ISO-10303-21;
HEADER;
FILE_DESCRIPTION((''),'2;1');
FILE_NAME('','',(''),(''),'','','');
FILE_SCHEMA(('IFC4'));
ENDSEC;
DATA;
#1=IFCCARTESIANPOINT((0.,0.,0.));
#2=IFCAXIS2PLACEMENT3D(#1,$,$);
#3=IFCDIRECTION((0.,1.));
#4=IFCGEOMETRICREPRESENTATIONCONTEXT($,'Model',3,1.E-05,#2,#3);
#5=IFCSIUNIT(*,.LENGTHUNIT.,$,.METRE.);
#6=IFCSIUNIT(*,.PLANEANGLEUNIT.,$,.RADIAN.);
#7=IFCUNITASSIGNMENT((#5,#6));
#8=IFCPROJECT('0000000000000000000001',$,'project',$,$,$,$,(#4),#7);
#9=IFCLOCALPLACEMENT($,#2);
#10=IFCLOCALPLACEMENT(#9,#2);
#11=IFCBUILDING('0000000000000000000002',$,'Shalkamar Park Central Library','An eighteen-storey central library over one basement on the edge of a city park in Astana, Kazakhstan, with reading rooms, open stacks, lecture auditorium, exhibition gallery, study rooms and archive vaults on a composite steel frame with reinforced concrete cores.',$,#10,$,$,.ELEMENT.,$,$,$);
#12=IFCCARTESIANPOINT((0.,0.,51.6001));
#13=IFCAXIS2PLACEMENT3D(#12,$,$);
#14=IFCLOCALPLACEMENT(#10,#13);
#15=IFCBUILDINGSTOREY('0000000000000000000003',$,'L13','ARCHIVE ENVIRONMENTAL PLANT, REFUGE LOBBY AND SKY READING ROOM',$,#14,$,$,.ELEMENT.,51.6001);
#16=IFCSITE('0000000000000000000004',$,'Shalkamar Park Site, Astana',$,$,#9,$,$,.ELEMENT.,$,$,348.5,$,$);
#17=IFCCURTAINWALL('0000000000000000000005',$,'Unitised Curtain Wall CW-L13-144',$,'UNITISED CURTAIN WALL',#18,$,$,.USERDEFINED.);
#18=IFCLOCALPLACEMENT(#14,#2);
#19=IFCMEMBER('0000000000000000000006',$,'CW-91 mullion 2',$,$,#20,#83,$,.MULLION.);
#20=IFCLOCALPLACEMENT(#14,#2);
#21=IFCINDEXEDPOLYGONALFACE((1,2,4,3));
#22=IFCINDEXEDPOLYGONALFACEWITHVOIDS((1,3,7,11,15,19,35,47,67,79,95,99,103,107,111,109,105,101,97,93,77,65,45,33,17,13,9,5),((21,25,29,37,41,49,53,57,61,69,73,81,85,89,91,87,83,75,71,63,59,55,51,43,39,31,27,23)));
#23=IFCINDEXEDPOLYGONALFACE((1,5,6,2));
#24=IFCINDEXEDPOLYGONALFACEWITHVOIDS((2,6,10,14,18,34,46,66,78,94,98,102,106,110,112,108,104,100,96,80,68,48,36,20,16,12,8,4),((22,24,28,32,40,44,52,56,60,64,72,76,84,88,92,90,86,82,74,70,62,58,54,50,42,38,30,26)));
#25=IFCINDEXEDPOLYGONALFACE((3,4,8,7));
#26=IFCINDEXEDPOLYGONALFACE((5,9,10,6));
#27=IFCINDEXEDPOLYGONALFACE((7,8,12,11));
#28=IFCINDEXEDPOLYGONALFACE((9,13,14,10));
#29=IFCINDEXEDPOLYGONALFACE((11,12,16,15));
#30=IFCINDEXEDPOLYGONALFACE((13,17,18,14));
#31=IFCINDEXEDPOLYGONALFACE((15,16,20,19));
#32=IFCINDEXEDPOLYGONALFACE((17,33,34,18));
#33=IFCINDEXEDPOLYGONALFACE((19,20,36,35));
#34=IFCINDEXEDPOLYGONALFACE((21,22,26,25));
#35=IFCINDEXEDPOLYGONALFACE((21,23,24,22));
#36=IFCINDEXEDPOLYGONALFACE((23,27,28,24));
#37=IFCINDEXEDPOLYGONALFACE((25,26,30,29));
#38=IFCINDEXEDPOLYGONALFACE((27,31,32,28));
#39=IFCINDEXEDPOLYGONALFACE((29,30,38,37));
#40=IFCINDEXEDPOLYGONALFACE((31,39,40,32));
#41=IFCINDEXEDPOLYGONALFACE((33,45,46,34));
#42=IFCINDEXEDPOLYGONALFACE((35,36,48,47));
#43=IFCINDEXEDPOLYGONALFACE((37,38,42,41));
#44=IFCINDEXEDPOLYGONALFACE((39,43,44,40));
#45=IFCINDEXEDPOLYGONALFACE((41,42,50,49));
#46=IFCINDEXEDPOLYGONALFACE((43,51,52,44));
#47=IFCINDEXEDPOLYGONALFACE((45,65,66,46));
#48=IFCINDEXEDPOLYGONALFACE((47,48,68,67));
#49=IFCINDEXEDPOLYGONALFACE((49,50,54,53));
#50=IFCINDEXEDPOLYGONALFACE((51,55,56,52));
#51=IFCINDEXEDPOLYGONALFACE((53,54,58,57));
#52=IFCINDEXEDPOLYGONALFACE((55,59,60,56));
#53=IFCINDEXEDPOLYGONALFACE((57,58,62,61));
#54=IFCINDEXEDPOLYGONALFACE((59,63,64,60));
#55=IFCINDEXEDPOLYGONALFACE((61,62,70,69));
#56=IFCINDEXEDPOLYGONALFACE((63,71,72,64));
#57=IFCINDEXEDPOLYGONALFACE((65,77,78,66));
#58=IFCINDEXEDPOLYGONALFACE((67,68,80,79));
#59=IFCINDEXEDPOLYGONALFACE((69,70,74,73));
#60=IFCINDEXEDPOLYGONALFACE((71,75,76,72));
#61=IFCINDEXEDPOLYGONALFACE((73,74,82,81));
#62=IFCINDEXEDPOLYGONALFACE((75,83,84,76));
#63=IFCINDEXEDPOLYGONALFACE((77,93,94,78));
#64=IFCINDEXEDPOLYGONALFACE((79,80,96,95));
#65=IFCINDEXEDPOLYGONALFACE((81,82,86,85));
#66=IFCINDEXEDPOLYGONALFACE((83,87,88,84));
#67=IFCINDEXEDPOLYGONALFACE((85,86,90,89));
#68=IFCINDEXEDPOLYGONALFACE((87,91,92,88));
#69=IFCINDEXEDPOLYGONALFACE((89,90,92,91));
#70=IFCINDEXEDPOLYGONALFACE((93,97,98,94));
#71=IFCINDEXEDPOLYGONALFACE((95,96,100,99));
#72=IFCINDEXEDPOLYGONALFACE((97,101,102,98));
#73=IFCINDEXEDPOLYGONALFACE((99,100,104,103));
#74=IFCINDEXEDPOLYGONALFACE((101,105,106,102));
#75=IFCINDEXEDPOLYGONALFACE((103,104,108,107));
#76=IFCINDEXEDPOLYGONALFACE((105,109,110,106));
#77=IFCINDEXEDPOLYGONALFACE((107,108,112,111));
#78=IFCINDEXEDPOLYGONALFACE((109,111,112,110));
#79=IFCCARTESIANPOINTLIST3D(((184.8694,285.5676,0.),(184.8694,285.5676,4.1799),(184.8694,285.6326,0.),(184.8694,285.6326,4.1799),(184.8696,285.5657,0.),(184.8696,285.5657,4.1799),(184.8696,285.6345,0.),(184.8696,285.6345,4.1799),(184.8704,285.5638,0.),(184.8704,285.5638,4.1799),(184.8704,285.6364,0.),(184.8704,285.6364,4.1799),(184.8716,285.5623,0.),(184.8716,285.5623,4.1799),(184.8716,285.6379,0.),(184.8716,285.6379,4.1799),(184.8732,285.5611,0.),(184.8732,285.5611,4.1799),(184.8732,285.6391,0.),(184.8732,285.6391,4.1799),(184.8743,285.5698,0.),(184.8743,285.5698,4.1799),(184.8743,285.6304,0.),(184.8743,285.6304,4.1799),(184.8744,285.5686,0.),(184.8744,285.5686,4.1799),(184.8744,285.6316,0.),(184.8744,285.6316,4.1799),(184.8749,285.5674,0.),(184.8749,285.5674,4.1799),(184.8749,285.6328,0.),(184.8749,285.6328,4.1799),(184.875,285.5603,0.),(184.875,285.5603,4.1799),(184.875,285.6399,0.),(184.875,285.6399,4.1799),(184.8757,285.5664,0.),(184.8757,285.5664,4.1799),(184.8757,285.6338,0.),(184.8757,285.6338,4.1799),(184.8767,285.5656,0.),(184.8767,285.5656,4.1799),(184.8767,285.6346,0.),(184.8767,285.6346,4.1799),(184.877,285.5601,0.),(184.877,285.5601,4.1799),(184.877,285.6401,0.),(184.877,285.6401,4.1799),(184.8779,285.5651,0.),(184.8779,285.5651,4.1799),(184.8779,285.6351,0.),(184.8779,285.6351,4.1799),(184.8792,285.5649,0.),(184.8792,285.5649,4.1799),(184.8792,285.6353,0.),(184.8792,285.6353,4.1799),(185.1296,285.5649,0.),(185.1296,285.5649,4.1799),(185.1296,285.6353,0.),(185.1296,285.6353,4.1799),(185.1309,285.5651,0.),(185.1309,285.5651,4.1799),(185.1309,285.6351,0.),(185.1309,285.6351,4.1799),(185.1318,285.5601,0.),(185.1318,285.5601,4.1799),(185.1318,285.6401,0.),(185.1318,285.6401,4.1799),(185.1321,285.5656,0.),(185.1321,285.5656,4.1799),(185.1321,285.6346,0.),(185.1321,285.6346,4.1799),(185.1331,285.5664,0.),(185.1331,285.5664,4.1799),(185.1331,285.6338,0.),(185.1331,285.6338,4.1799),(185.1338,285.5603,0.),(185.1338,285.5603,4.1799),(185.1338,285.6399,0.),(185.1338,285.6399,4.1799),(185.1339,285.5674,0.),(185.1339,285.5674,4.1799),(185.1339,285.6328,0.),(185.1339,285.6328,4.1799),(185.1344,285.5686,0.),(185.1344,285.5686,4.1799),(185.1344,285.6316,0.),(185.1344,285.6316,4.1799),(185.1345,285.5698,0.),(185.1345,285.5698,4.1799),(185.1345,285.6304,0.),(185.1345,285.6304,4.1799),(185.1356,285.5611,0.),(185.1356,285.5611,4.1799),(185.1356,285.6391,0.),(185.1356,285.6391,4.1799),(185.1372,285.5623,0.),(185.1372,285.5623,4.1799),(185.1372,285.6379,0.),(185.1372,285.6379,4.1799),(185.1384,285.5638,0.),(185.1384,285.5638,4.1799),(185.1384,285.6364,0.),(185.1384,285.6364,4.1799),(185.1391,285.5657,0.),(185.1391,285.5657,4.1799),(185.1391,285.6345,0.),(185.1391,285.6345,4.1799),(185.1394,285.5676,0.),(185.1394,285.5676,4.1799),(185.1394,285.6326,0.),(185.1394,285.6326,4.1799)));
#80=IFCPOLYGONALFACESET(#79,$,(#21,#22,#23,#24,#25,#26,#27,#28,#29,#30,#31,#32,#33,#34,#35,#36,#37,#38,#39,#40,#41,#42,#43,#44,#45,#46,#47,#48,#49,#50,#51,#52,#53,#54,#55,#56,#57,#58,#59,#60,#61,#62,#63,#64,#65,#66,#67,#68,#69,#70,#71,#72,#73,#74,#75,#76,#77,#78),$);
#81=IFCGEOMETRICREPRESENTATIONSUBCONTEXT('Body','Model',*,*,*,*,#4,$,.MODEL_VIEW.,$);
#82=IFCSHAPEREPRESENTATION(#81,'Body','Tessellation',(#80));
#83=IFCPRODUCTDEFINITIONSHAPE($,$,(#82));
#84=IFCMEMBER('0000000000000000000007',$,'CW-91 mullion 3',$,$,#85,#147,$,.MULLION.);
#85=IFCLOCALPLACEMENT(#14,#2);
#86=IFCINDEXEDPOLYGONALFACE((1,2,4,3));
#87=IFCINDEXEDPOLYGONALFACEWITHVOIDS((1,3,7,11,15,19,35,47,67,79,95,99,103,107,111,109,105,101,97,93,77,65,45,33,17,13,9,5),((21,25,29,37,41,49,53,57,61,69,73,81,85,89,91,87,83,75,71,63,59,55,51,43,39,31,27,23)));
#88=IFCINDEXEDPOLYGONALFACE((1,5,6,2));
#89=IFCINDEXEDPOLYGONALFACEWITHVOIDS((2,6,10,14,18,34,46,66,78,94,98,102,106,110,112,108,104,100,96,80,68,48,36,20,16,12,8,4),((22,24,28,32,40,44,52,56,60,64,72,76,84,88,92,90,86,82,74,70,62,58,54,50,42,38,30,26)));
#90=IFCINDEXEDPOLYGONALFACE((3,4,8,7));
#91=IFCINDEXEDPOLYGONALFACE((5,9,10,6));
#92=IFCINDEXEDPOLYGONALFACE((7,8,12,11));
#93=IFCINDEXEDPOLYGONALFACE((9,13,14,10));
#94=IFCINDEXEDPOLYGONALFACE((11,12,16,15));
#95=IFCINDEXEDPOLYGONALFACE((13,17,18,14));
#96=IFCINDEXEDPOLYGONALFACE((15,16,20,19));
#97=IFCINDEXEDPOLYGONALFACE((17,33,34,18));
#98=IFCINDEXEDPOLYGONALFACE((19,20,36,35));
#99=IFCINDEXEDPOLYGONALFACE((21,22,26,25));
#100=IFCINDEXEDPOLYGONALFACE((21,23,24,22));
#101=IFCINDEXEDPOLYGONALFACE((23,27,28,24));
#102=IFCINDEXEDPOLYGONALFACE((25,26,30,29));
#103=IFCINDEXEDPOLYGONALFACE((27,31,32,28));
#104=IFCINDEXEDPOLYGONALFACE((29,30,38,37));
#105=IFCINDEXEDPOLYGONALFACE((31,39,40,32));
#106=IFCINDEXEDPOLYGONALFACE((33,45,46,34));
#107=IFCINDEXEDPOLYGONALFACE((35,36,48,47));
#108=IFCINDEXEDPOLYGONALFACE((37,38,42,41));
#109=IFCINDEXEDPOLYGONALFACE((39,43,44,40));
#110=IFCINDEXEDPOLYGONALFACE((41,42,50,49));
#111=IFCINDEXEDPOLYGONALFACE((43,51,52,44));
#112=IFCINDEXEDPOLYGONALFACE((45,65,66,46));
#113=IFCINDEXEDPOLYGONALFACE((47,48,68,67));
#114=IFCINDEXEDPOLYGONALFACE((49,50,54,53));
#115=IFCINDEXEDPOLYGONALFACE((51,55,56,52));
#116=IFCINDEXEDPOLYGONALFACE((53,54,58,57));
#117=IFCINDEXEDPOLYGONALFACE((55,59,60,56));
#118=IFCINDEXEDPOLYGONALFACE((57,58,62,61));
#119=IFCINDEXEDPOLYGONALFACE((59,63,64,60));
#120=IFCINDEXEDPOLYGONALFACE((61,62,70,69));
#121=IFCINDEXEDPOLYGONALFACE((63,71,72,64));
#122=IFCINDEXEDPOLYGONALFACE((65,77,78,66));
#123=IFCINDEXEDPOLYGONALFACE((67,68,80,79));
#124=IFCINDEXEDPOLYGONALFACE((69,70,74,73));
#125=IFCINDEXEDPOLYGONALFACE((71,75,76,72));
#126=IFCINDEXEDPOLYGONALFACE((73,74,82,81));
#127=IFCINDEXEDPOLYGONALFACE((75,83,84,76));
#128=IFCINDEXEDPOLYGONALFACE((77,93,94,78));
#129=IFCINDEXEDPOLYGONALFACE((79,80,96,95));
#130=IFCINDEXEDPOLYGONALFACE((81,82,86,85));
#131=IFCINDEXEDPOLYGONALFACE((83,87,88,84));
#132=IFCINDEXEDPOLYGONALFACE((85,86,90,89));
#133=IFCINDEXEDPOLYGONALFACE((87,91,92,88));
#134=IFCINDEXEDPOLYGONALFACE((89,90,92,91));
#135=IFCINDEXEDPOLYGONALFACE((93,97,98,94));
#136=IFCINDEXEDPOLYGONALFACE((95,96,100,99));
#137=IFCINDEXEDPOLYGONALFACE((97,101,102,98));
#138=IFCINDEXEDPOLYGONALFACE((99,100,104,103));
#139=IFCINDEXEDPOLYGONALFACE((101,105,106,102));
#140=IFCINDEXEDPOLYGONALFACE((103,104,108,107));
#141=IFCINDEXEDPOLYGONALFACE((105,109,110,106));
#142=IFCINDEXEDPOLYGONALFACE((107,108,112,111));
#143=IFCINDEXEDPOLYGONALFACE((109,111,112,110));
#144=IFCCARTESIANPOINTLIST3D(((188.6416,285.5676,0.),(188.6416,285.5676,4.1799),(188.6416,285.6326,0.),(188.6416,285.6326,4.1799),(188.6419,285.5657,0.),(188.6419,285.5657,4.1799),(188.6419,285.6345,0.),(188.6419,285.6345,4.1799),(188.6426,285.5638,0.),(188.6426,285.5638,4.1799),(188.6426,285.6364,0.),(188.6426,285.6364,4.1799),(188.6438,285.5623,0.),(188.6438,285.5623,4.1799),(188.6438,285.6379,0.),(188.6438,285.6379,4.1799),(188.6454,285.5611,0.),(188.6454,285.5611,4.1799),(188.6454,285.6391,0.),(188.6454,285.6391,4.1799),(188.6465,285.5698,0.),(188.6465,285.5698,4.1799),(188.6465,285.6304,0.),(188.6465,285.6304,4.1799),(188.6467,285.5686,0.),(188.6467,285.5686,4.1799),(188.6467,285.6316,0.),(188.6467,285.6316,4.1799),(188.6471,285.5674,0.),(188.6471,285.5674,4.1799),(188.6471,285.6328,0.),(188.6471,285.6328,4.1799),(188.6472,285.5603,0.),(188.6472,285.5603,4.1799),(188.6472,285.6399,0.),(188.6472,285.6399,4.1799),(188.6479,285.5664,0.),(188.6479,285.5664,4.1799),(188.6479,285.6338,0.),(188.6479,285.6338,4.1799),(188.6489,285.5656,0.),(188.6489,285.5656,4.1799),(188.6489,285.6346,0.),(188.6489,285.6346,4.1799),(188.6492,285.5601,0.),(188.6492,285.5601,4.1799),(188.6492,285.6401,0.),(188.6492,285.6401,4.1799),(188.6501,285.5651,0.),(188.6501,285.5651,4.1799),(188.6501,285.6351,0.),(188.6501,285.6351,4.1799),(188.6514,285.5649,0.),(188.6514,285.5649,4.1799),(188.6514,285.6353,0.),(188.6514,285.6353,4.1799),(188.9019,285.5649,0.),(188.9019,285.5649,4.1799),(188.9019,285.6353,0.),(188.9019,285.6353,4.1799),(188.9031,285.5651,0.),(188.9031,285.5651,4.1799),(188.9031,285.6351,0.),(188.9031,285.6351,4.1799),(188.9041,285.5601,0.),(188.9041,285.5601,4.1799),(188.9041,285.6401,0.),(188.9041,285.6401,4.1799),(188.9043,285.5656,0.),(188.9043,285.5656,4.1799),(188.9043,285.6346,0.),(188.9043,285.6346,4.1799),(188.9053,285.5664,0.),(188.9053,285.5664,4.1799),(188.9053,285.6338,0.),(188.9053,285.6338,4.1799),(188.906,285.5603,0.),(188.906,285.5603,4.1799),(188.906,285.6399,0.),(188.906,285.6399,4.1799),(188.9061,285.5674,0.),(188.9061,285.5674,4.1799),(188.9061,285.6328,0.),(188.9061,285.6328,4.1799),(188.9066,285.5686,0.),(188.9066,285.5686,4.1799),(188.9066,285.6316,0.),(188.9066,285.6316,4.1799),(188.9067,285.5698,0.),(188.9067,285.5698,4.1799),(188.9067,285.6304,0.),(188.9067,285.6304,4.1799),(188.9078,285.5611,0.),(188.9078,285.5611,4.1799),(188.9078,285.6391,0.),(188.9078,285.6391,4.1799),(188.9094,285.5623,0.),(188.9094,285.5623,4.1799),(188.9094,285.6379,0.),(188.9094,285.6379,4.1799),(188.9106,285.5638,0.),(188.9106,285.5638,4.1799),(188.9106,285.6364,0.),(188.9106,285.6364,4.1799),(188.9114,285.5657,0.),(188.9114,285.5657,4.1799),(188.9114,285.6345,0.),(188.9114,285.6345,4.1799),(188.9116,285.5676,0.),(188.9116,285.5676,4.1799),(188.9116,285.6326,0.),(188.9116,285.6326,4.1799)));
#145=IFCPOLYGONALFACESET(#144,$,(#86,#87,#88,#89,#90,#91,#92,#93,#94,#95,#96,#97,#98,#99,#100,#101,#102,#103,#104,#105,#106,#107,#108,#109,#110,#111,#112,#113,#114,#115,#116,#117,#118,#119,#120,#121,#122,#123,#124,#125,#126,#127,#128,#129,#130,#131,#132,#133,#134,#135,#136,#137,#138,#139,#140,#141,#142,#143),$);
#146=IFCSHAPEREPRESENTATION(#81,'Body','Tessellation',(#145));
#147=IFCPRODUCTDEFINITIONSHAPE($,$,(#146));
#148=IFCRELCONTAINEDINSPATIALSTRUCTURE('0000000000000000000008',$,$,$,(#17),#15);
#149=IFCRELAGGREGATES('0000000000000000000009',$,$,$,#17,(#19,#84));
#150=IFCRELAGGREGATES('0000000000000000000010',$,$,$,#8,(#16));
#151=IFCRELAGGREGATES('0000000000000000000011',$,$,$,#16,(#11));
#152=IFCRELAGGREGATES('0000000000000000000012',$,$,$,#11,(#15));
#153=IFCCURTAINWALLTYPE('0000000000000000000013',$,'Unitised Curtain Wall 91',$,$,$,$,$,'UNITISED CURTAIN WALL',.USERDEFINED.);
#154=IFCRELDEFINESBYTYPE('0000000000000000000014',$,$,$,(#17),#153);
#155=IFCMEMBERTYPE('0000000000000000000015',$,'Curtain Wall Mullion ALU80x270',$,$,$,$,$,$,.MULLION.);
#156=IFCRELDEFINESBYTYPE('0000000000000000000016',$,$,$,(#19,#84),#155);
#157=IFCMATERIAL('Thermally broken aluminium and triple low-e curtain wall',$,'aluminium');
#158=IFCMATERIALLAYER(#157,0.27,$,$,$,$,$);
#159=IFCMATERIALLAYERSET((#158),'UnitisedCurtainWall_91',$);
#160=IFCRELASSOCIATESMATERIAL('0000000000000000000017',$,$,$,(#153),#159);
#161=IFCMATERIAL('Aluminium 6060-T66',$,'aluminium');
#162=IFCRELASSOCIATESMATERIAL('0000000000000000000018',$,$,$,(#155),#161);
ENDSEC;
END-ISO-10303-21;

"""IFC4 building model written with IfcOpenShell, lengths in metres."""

from ifc_helpers import new_model, si_unit, direction, frame, origin, origin_2d, place, context, subcontext, project, spatial, hollow_rectangle, extrude, material, layer, layer_set, material_profile, profile_set, type_object, element, aggregate, save


model = new_model("IFC4")

# Units and contexts
model_context = context("Model", 3, precision=1e-05, world=origin(), true_north=direction((0.0, 1.0)))
body_context = subcontext(model_context, "Body", "Model", "MODEL_VIEW")
ifc_project = project(units=[si_unit("LENGTHUNIT", "METRE"), si_unit("PLANEANGLEUNIT", "RADIAN")], contexts=[model_context])

# Site, building, storey
site_placement = place(None, origin())
site = spatial("IfcSite", under=ifc_project, at=site_placement, Name="Shalkamar Park Site, Astana", CompositionType="ELEMENT", RefElevation=348.5)
building_placement = place(site_placement, origin())
building = spatial("IfcBuilding", under=site, at=building_placement, Name="Shalkamar Park Central Library", Description="An eighteen-storey central library over one basement on the edge of a city park in Astana, Kazakhstan, with reading rooms, open stacks, lecture auditorium, exhibition gallery, study rooms and archive vaults on a composite steel frame with reinforced concrete cores.", CompositionType="ELEMENT")
storey_placement = place(building_placement, frame((0.0, 0.0, 51.6001)))
storey = spatial("IfcBuildingStorey", under=building, at=storey_placement, Name="L13", Description="ARCHIVE ENVIRONMENTAL PLANT, REFUGE LOBBY AND SKY READING ROOM", CompositionType="ELEMENT", Elevation=51.6001)

# Curtain wall, members
ifc_material_1 = material(Name="Thermally broken aluminium and triple low-e curtain wall", Category="aluminium")
ifc_layer_1 = layer(ifc_material_1, 0.27)
ifc_layer_set_1 = layer_set([ifc_layer_1], Name="UnitisedCurtainWall_91")
curtain_wall_type_1 = type_object("IfcCurtainWallType", Name="Unitised Curtain Wall 91", ElementType="UNITISED CURTAIN WALL", PredefinedType="USERDEFINED", material=ifc_layer_set_1)
curtain_wall_1_placement = place(storey_placement, origin())
curtain_wall_1 = element("IfcCurtainWall", 1, at=curtain_wall_1_placement, inside=storey, type_object=curtain_wall_type_1, Name="Unitised Curtain Wall CW-L13-144", ObjectType="UNITISED CURTAIN WALL", PredefinedType="USERDEFINED")
ifc_material_2 = material(Name="Aluminium 6060-T66", Category="aluminium")
ifc_material_profile_1 = material_profile(ifc_material_2, hollow_rectangle(XDim=0.0801, YDim=0.27, WallThickness=0.0049, InnerFilletRadius=0.0049, OuterFilletRadius=0.0076, at=origin_2d()), Name="ALU 80x270x5")
ifc_profile_set_1 = profile_set([ifc_material_profile_1], Name="Aluminium 6060-T66")
member_type_1 = type_object("IfcMemberType", Name="Curtain Wall Mullion ALU80x270", PredefinedType="MULLION", material=ifc_profile_set_1)
member_1_placement = place(storey_placement, frame((185.0044, 285.6001, 0.0), z_axis=(0.0, 0.0, 1.0), x_axis=(0.0, 1.0, 0.0)))
member_1 = element("IfcMember", 2, at=member_1_placement, type_object=member_type_1, Name="CW-91 mullion 2", PredefinedType="MULLION", context=body_context, shape_type="SweptSolid", body=[
    extrude(hollow_rectangle(XDim=0.0801, YDim=0.27, WallThickness=0.0049, InnerFilletRadius=0.0049, OuterFilletRadius=0.0076, at=origin_2d()), origin(), (0.0, 0.0, 1.0), 4.1799),
])
member_2_placement = place(storey_placement, frame((188.7766, 285.6001, 0.0), z_axis=(0.0, 0.0, 1.0), x_axis=(0.0, 1.0, 0.0)))
member_2 = element("IfcMember", 3, at=member_2_placement, type_object=member_type_1, Name="CW-91 mullion 3", PredefinedType="MULLION", context=body_context, shape_type="SweptSolid", body=[
    extrude(hollow_rectangle(XDim=0.0801, YDim=0.27, WallThickness=0.0049, InnerFilletRadius=0.0049, OuterFilletRadius=0.0076, at=origin_2d()), origin(), (0.0, 0.0, 1.0), 4.1799),
])

aggregate(curtain_wall_1, [member_1, member_2])

save(model, "model.ifc")
